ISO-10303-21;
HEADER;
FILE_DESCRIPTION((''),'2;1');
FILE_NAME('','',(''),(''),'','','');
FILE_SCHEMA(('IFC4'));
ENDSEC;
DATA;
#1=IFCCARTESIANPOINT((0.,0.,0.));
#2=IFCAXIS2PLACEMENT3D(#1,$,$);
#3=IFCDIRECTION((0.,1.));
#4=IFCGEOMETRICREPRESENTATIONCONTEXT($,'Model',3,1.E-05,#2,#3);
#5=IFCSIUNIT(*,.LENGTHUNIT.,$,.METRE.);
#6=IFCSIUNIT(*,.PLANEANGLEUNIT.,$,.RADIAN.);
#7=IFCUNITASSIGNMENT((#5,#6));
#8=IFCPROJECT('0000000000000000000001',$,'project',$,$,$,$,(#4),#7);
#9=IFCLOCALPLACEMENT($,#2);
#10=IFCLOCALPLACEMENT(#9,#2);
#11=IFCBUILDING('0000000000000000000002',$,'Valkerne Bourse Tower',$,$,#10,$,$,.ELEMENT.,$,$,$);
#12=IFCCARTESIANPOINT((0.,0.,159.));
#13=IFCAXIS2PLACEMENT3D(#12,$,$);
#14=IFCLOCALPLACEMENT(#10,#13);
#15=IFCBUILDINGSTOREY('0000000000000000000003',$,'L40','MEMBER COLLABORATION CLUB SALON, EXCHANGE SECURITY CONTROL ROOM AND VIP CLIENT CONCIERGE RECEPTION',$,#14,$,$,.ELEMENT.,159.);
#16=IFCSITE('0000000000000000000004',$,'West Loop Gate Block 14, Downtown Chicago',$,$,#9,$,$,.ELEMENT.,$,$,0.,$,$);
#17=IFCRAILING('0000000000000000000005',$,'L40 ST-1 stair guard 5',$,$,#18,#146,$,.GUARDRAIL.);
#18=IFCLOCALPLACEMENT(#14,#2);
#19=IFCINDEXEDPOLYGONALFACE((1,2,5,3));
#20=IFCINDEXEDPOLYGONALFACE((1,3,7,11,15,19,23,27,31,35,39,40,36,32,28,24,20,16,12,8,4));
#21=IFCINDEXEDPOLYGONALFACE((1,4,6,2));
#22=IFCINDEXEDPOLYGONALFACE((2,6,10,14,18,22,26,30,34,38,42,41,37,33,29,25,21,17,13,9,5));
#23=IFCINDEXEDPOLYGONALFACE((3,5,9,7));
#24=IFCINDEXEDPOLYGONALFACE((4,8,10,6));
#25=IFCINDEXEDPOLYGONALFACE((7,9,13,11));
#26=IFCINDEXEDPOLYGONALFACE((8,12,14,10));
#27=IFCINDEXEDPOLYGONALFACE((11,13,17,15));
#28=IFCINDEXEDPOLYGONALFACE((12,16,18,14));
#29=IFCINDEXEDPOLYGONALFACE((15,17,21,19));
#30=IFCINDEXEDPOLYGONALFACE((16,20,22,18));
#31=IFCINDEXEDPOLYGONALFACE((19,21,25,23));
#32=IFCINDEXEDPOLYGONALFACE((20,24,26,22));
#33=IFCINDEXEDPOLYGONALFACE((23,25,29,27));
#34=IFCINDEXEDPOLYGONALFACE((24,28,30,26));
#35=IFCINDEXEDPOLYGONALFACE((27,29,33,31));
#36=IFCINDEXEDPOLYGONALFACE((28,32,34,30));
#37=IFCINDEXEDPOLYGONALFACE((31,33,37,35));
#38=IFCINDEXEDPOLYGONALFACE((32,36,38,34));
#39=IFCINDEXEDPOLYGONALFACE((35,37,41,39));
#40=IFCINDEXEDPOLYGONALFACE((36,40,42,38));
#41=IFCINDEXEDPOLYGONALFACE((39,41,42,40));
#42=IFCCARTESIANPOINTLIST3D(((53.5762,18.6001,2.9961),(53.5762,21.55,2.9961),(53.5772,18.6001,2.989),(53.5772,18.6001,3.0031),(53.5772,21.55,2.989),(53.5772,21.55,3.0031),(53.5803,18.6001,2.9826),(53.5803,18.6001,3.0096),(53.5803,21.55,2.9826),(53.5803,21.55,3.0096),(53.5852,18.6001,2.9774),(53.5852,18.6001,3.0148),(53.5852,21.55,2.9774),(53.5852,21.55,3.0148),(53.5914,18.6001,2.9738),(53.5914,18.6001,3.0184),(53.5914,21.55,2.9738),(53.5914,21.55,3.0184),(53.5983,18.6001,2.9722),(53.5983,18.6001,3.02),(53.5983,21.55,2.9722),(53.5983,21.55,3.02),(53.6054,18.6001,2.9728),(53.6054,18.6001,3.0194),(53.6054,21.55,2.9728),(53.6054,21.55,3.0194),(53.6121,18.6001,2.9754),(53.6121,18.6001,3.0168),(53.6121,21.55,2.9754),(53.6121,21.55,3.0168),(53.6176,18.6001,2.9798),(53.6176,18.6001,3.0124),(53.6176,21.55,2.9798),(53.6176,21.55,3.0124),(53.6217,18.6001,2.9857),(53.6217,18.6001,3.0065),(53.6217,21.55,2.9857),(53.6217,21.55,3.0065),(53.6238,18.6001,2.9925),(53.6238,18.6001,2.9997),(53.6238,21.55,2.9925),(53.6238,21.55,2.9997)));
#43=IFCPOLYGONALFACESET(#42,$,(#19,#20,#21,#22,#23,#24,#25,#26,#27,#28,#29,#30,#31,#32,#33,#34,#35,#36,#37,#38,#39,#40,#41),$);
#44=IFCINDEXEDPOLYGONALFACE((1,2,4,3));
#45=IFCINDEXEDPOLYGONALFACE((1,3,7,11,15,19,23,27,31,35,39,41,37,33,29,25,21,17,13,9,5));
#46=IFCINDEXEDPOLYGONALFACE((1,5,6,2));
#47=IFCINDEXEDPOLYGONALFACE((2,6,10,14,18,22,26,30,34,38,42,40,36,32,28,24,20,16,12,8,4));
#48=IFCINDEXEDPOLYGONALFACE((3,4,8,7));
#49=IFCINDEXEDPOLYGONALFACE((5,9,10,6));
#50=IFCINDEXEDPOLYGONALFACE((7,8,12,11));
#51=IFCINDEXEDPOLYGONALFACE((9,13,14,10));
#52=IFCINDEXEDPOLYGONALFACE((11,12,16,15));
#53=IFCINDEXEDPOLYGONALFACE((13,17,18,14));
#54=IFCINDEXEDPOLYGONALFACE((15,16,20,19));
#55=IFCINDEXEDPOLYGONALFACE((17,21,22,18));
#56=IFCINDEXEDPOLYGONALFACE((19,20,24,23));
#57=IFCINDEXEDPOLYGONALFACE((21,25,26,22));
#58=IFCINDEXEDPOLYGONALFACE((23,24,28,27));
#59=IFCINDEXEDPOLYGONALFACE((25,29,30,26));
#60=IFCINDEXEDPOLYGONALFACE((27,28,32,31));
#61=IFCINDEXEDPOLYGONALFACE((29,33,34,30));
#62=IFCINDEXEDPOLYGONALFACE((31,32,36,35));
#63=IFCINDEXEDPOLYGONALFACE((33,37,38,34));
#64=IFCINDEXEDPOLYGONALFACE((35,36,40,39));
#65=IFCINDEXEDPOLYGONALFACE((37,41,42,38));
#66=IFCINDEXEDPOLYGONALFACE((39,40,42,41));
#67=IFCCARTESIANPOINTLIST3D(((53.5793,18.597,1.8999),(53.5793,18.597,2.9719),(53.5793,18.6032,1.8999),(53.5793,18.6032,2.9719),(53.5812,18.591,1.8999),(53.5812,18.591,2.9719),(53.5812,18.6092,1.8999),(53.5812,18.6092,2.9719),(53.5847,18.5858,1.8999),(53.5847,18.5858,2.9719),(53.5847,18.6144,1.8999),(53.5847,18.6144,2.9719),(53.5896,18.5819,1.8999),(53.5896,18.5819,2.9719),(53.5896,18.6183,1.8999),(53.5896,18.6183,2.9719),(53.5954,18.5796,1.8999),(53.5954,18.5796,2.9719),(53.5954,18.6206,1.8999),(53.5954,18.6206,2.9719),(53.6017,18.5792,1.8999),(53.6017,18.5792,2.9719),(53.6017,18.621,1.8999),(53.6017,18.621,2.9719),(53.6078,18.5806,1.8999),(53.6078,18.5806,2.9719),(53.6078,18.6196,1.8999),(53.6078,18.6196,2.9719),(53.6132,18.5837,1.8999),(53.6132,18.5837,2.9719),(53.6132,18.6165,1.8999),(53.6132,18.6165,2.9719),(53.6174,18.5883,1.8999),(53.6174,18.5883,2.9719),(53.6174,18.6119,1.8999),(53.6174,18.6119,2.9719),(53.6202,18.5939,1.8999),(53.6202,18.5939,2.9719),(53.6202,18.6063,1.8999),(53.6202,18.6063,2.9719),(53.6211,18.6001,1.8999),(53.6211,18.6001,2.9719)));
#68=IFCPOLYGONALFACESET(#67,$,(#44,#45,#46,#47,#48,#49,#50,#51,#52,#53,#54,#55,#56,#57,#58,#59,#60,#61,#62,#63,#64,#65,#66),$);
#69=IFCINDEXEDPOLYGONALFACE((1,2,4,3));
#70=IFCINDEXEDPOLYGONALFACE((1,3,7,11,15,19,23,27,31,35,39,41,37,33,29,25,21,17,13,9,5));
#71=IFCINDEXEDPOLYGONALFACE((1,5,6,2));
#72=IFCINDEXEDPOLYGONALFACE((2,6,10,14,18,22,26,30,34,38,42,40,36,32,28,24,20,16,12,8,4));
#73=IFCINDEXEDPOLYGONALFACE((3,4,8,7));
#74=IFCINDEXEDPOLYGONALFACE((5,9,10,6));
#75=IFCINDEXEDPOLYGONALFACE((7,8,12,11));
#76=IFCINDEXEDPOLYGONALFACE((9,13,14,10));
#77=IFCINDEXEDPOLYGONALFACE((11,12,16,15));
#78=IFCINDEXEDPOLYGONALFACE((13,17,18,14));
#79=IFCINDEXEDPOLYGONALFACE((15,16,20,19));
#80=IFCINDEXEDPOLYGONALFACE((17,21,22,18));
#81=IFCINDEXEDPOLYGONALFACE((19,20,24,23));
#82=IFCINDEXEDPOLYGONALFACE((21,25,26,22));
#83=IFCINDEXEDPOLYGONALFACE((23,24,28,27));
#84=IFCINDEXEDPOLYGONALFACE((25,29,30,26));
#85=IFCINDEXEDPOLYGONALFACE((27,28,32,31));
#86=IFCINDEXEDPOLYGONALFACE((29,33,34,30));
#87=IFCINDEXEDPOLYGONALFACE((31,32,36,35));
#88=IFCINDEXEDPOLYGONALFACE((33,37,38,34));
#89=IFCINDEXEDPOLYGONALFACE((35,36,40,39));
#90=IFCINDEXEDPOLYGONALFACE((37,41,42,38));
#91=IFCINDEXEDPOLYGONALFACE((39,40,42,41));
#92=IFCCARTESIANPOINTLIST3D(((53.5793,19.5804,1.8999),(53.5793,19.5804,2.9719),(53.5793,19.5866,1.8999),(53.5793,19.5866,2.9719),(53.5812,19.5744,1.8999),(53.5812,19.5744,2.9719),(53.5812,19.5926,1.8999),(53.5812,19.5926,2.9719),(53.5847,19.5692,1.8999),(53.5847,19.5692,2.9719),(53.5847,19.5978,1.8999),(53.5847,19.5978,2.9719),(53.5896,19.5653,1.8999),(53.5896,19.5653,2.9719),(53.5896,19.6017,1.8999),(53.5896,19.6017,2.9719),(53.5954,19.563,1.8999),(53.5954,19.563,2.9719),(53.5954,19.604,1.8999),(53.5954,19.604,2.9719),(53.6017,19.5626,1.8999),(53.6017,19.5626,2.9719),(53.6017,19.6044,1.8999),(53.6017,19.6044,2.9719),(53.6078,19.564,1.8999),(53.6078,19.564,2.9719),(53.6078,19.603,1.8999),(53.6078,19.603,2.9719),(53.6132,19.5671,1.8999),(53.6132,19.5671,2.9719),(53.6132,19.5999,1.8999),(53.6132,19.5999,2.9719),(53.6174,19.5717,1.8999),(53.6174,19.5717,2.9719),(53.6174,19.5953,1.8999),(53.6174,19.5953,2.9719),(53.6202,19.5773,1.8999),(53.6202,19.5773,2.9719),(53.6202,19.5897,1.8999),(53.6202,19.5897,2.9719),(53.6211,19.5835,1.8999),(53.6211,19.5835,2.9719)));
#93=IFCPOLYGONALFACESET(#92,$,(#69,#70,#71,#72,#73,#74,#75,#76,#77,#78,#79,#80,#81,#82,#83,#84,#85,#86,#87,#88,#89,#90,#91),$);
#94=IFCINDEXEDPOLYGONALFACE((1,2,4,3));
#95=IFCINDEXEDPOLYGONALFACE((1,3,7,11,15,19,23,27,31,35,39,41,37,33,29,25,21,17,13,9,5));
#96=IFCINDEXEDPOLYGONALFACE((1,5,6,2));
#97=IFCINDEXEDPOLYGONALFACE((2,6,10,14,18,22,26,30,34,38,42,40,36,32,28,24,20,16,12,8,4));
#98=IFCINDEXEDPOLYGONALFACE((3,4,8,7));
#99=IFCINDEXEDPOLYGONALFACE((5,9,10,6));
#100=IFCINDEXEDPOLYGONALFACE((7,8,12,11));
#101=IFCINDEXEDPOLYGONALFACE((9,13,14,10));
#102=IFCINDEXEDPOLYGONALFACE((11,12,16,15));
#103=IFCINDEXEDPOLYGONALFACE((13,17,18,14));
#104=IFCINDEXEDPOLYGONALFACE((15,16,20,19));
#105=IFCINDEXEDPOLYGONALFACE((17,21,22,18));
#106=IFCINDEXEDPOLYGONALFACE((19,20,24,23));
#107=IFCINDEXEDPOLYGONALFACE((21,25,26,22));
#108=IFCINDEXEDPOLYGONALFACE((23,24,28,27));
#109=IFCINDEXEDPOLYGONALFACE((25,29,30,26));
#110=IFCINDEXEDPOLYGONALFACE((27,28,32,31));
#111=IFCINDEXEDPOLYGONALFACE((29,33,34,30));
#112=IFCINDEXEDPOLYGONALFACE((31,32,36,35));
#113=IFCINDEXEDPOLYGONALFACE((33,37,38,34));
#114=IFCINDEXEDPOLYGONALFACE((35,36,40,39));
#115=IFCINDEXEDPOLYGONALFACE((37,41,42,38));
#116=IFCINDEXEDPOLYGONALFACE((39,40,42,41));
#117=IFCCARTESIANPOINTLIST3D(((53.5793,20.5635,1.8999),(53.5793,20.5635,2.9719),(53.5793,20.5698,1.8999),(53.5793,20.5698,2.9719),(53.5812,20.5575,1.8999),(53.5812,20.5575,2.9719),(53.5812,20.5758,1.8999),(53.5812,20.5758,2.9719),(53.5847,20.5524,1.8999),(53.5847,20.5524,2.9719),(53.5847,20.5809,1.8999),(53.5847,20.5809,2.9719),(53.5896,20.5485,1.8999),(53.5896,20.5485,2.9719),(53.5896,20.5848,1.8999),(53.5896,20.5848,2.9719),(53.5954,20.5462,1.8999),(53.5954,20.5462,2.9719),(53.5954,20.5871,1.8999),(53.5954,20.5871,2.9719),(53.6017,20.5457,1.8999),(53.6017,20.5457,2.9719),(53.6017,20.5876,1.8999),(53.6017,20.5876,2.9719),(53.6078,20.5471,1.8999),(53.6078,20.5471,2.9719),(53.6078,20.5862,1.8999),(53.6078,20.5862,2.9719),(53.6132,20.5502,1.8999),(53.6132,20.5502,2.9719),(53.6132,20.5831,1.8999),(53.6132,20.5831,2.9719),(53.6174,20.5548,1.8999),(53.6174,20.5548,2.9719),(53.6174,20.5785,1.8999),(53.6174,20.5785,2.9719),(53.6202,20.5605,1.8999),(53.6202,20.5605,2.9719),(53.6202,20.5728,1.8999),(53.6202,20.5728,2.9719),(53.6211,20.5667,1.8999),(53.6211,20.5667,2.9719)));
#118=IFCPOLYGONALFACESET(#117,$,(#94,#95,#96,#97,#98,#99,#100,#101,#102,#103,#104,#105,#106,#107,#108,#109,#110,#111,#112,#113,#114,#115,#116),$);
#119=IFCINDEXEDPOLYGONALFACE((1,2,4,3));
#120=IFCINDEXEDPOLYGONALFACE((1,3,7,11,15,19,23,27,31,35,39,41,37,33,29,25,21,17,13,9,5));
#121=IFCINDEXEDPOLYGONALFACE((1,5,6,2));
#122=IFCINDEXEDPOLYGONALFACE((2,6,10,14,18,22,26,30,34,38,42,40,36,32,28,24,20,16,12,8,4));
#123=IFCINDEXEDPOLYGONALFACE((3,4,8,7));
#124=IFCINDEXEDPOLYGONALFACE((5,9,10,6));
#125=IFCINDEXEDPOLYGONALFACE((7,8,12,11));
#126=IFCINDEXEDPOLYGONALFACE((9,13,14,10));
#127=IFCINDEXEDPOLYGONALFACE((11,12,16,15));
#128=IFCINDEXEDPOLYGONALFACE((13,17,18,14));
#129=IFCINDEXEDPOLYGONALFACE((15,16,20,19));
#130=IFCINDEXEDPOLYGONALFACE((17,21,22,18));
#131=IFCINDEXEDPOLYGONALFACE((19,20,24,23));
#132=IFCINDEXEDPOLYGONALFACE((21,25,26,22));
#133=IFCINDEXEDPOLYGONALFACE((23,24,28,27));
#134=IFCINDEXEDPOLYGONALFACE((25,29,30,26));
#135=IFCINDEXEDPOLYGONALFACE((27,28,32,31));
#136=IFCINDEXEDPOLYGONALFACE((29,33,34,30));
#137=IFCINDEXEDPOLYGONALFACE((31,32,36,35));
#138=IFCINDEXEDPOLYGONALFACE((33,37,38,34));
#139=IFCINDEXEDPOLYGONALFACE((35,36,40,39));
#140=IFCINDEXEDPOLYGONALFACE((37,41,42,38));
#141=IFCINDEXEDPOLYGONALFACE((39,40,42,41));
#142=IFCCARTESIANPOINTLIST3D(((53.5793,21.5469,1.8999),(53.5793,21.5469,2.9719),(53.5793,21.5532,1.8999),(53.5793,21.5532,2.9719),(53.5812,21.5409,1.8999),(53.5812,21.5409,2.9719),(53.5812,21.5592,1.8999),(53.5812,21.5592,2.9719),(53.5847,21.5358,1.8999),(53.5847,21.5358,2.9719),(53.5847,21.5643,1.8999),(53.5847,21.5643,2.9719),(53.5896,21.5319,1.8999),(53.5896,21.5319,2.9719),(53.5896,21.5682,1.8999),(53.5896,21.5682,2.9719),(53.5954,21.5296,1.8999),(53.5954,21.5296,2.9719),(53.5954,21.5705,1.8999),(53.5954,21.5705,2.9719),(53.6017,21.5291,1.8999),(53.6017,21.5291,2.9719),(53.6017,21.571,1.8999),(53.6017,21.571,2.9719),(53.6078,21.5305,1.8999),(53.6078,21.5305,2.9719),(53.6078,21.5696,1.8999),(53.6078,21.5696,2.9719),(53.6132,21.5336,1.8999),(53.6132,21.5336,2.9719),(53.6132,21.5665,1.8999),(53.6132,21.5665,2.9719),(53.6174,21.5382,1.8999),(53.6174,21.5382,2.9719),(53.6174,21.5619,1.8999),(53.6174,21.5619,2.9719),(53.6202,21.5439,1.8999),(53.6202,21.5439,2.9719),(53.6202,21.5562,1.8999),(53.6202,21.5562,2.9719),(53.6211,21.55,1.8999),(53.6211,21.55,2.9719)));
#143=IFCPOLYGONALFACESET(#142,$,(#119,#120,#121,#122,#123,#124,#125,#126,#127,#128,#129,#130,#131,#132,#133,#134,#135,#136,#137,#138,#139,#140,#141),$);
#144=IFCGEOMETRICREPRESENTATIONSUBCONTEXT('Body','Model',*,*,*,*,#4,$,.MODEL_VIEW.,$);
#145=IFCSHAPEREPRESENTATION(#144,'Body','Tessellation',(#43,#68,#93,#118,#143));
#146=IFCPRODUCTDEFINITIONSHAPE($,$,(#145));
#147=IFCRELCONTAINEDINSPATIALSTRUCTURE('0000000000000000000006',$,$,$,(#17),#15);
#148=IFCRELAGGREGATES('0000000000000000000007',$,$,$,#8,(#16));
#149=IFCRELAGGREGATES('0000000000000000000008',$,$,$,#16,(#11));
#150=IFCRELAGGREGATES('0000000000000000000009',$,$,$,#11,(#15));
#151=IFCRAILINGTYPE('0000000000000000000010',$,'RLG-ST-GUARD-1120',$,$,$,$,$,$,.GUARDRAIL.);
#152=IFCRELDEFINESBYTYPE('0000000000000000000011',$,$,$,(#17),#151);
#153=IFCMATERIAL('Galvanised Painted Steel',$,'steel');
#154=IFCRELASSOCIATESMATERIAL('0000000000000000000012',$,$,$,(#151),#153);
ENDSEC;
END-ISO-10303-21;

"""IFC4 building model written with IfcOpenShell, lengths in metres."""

from ifc_helpers import new_model, si_unit, direction, frame, origin, origin_2d, place, context, subcontext, project, spatial, circle, extrude, material, type_object, element, save


model = new_model("IFC4")

# Units and contexts
model_context = context("Model", 3, precision=1e-05, world=origin(), true_north=direction((0.0, 1.0)))
body_context = subcontext(model_context, "Body", "Model", "MODEL_VIEW")
ifc_project = project(units=[si_unit("LENGTHUNIT", "METRE"), si_unit("PLANEANGLEUNIT", "RADIAN")], contexts=[model_context])

# Site, building, storey
site_placement = place(None, origin())
site = spatial("IfcSite", under=ifc_project, at=site_placement, Name="West Loop Gate Block 14, Downtown Chicago", CompositionType="ELEMENT", RefElevation=0.0)
building_placement = place(site_placement, origin())
building = spatial("IfcBuilding", under=site, at=building_placement, Name="Valkerne Bourse Tower", CompositionType="ELEMENT")
storey_placement = place(building_placement, frame((0.0, 0.0, 159.0)))
storey = spatial("IfcBuildingStorey", under=building, at=storey_placement, Name="L40", Description="MEMBER COLLABORATION CLUB SALON, EXCHANGE SECURITY CONTROL ROOM AND VIP CLIENT CONCIERGE RECEPTION", CompositionType="ELEMENT", Elevation=159.0)

# Railing
ifc_material_1 = material(Name="Galvanised Painted Steel", Category="steel")
railing_type = type_object("IfcRailingType", Name="RLG-ST-GUARD-1120", PredefinedType="GUARDRAIL", material=ifc_material_1)
railing_1_placement = place(storey_placement, frame((53.6001, 18.6001, 1.8999)))
element("IfcRailing", 1, at=railing_1_placement, inside=storey, type_object=railing_type, Name="L40 ST-1 stair guard 5", PredefinedType="GUARDRAIL", context=body_context, shape_type="SweptSolid", body=[
    extrude(circle(Radius=0.0239, at=origin_2d()), frame((0.0, 0.0, 1.0962), z_axis=(0.0, 1.0, 0.0), x_axis=(-1.0, 0.0, 0.0)), (0.0, 0.0, 1.0), 2.95),
    extrude(circle(Radius=0.021, at=origin_2d()), origin(), (0.0, 0.0, 1.0), 1.072),
    extrude(circle(Radius=0.021, at=origin_2d()), frame((0.0, 0.9834, 0.0)), (0.0, 0.0, 1.0), 1.072),
    extrude(circle(Radius=0.021, at=origin_2d()), frame((0.0, 1.9666, 0.0)), (0.0, 0.0, 1.0), 1.072),
    extrude(circle(Radius=0.021, at=origin_2d()), frame((0.0, 2.95, 0.0)), (0.0, 0.0, 1.0), 1.072),
])

save(model, "model.ifc")
